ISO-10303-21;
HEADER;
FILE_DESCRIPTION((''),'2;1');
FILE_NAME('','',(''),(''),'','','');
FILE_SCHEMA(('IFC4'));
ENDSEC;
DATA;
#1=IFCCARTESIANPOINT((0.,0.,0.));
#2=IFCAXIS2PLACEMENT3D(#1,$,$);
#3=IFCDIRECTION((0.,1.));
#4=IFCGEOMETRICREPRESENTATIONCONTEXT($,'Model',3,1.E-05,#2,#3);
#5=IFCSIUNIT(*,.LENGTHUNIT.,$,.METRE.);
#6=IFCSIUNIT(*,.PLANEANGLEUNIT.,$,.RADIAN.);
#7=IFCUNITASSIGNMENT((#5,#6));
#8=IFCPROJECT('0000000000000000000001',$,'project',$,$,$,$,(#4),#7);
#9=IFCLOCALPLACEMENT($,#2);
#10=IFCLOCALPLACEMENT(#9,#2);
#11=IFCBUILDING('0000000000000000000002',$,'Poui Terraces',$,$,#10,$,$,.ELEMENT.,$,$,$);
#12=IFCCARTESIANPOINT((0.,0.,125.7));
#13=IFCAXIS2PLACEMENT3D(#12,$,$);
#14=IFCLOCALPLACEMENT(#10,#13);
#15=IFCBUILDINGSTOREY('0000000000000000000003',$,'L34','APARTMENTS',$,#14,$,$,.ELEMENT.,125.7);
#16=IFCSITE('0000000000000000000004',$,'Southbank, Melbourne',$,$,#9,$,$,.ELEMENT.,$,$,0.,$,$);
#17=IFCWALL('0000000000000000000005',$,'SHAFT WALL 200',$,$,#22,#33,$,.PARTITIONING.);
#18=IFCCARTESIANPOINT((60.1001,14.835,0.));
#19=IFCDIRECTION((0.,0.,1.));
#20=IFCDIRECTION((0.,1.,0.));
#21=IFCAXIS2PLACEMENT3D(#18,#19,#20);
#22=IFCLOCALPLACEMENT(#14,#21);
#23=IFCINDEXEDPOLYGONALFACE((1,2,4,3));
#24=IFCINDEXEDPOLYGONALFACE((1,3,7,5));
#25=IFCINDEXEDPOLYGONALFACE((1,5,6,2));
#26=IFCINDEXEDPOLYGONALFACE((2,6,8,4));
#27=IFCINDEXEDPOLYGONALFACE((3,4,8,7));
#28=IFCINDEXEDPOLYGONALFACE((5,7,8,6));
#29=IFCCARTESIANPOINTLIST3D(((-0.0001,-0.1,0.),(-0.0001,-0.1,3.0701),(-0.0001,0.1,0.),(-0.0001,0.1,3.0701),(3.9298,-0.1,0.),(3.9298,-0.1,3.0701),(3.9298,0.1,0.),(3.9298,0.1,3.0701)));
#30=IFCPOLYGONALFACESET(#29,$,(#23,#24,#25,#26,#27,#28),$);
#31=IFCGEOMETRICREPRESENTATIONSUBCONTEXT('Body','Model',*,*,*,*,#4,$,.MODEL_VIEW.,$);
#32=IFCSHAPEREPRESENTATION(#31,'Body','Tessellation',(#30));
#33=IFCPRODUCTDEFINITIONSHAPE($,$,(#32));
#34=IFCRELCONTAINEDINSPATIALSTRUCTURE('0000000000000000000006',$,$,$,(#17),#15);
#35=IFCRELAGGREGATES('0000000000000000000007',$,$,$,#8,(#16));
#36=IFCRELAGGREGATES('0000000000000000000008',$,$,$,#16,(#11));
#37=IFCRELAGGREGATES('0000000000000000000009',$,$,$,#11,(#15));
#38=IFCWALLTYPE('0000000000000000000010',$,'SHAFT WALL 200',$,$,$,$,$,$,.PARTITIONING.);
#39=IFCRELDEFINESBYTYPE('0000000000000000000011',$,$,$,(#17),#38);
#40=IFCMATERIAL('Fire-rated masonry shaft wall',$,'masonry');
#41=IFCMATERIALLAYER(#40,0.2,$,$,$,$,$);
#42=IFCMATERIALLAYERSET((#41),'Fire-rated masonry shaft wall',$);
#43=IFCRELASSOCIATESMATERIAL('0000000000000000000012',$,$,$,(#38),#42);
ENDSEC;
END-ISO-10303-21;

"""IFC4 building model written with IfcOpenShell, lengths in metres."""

from ifc_helpers import new_model, si_unit, direction, frame, frame_2d, origin, place, context, subcontext, project, spatial, rectangle, extrude, material, layer, layer_set, type_object, element, save


model = new_model("IFC4")

# Units and contexts
model_context = context("Model", 3, precision=1e-05, world=origin(), true_north=direction((0.0, 1.0)))
body_context = subcontext(model_context, "Body", "Model", "MODEL_VIEW")
ifc_project = project(units=[si_unit("LENGTHUNIT", "METRE"), si_unit("PLANEANGLEUNIT", "RADIAN")], contexts=[model_context])

# Site, building, storey
site_placement = place(None, origin())
site = spatial("IfcSite", under=ifc_project, at=site_placement, Name="Southbank, Melbourne", CompositionType="ELEMENT", RefElevation=0.0)
building_placement = place(site_placement, origin())
building = spatial("IfcBuilding", under=site, at=building_placement, Name="Poui Terraces", CompositionType="ELEMENT")
storey_placement = place(building_placement, frame((0.0, 0.0, 125.7)))
storey = spatial("IfcBuildingStorey", under=building, at=storey_placement, Name="L34", Description="APARTMENTS", CompositionType="ELEMENT", Elevation=125.7)

# Wall
ifc_material_1 = material(Name="Fire-rated masonry shaft wall", Category="masonry")
ifc_layer_1 = layer(ifc_material_1, 0.2)
ifc_layer_set_1 = layer_set([ifc_layer_1], Name="Fire-rated masonry shaft wall")
wall_type_1 = type_object("IfcWallType", Name="SHAFT WALL 200", PredefinedType="PARTITIONING", material=ifc_layer_set_1)
wall_1_placement = place(storey_placement, frame((60.1001, 14.835, 0.0), z_axis=(0.0, 0.0, 1.0), x_axis=(0.0, 1.0, 0.0)))
element("IfcWall", 1, at=wall_1_placement, inside=storey, type_object=wall_type_1, Name="SHAFT WALL 200", PredefinedType="PARTITIONING", context=body_context, shape_type="SweptSolid", body=[
    extrude(rectangle(XDim=3.9299, YDim=0.2, at=frame_2d((1.9648, 0.0))), origin(), (0.0, 0.0, 1.0), 3.0701),
])

save(model, "model.ifc")
